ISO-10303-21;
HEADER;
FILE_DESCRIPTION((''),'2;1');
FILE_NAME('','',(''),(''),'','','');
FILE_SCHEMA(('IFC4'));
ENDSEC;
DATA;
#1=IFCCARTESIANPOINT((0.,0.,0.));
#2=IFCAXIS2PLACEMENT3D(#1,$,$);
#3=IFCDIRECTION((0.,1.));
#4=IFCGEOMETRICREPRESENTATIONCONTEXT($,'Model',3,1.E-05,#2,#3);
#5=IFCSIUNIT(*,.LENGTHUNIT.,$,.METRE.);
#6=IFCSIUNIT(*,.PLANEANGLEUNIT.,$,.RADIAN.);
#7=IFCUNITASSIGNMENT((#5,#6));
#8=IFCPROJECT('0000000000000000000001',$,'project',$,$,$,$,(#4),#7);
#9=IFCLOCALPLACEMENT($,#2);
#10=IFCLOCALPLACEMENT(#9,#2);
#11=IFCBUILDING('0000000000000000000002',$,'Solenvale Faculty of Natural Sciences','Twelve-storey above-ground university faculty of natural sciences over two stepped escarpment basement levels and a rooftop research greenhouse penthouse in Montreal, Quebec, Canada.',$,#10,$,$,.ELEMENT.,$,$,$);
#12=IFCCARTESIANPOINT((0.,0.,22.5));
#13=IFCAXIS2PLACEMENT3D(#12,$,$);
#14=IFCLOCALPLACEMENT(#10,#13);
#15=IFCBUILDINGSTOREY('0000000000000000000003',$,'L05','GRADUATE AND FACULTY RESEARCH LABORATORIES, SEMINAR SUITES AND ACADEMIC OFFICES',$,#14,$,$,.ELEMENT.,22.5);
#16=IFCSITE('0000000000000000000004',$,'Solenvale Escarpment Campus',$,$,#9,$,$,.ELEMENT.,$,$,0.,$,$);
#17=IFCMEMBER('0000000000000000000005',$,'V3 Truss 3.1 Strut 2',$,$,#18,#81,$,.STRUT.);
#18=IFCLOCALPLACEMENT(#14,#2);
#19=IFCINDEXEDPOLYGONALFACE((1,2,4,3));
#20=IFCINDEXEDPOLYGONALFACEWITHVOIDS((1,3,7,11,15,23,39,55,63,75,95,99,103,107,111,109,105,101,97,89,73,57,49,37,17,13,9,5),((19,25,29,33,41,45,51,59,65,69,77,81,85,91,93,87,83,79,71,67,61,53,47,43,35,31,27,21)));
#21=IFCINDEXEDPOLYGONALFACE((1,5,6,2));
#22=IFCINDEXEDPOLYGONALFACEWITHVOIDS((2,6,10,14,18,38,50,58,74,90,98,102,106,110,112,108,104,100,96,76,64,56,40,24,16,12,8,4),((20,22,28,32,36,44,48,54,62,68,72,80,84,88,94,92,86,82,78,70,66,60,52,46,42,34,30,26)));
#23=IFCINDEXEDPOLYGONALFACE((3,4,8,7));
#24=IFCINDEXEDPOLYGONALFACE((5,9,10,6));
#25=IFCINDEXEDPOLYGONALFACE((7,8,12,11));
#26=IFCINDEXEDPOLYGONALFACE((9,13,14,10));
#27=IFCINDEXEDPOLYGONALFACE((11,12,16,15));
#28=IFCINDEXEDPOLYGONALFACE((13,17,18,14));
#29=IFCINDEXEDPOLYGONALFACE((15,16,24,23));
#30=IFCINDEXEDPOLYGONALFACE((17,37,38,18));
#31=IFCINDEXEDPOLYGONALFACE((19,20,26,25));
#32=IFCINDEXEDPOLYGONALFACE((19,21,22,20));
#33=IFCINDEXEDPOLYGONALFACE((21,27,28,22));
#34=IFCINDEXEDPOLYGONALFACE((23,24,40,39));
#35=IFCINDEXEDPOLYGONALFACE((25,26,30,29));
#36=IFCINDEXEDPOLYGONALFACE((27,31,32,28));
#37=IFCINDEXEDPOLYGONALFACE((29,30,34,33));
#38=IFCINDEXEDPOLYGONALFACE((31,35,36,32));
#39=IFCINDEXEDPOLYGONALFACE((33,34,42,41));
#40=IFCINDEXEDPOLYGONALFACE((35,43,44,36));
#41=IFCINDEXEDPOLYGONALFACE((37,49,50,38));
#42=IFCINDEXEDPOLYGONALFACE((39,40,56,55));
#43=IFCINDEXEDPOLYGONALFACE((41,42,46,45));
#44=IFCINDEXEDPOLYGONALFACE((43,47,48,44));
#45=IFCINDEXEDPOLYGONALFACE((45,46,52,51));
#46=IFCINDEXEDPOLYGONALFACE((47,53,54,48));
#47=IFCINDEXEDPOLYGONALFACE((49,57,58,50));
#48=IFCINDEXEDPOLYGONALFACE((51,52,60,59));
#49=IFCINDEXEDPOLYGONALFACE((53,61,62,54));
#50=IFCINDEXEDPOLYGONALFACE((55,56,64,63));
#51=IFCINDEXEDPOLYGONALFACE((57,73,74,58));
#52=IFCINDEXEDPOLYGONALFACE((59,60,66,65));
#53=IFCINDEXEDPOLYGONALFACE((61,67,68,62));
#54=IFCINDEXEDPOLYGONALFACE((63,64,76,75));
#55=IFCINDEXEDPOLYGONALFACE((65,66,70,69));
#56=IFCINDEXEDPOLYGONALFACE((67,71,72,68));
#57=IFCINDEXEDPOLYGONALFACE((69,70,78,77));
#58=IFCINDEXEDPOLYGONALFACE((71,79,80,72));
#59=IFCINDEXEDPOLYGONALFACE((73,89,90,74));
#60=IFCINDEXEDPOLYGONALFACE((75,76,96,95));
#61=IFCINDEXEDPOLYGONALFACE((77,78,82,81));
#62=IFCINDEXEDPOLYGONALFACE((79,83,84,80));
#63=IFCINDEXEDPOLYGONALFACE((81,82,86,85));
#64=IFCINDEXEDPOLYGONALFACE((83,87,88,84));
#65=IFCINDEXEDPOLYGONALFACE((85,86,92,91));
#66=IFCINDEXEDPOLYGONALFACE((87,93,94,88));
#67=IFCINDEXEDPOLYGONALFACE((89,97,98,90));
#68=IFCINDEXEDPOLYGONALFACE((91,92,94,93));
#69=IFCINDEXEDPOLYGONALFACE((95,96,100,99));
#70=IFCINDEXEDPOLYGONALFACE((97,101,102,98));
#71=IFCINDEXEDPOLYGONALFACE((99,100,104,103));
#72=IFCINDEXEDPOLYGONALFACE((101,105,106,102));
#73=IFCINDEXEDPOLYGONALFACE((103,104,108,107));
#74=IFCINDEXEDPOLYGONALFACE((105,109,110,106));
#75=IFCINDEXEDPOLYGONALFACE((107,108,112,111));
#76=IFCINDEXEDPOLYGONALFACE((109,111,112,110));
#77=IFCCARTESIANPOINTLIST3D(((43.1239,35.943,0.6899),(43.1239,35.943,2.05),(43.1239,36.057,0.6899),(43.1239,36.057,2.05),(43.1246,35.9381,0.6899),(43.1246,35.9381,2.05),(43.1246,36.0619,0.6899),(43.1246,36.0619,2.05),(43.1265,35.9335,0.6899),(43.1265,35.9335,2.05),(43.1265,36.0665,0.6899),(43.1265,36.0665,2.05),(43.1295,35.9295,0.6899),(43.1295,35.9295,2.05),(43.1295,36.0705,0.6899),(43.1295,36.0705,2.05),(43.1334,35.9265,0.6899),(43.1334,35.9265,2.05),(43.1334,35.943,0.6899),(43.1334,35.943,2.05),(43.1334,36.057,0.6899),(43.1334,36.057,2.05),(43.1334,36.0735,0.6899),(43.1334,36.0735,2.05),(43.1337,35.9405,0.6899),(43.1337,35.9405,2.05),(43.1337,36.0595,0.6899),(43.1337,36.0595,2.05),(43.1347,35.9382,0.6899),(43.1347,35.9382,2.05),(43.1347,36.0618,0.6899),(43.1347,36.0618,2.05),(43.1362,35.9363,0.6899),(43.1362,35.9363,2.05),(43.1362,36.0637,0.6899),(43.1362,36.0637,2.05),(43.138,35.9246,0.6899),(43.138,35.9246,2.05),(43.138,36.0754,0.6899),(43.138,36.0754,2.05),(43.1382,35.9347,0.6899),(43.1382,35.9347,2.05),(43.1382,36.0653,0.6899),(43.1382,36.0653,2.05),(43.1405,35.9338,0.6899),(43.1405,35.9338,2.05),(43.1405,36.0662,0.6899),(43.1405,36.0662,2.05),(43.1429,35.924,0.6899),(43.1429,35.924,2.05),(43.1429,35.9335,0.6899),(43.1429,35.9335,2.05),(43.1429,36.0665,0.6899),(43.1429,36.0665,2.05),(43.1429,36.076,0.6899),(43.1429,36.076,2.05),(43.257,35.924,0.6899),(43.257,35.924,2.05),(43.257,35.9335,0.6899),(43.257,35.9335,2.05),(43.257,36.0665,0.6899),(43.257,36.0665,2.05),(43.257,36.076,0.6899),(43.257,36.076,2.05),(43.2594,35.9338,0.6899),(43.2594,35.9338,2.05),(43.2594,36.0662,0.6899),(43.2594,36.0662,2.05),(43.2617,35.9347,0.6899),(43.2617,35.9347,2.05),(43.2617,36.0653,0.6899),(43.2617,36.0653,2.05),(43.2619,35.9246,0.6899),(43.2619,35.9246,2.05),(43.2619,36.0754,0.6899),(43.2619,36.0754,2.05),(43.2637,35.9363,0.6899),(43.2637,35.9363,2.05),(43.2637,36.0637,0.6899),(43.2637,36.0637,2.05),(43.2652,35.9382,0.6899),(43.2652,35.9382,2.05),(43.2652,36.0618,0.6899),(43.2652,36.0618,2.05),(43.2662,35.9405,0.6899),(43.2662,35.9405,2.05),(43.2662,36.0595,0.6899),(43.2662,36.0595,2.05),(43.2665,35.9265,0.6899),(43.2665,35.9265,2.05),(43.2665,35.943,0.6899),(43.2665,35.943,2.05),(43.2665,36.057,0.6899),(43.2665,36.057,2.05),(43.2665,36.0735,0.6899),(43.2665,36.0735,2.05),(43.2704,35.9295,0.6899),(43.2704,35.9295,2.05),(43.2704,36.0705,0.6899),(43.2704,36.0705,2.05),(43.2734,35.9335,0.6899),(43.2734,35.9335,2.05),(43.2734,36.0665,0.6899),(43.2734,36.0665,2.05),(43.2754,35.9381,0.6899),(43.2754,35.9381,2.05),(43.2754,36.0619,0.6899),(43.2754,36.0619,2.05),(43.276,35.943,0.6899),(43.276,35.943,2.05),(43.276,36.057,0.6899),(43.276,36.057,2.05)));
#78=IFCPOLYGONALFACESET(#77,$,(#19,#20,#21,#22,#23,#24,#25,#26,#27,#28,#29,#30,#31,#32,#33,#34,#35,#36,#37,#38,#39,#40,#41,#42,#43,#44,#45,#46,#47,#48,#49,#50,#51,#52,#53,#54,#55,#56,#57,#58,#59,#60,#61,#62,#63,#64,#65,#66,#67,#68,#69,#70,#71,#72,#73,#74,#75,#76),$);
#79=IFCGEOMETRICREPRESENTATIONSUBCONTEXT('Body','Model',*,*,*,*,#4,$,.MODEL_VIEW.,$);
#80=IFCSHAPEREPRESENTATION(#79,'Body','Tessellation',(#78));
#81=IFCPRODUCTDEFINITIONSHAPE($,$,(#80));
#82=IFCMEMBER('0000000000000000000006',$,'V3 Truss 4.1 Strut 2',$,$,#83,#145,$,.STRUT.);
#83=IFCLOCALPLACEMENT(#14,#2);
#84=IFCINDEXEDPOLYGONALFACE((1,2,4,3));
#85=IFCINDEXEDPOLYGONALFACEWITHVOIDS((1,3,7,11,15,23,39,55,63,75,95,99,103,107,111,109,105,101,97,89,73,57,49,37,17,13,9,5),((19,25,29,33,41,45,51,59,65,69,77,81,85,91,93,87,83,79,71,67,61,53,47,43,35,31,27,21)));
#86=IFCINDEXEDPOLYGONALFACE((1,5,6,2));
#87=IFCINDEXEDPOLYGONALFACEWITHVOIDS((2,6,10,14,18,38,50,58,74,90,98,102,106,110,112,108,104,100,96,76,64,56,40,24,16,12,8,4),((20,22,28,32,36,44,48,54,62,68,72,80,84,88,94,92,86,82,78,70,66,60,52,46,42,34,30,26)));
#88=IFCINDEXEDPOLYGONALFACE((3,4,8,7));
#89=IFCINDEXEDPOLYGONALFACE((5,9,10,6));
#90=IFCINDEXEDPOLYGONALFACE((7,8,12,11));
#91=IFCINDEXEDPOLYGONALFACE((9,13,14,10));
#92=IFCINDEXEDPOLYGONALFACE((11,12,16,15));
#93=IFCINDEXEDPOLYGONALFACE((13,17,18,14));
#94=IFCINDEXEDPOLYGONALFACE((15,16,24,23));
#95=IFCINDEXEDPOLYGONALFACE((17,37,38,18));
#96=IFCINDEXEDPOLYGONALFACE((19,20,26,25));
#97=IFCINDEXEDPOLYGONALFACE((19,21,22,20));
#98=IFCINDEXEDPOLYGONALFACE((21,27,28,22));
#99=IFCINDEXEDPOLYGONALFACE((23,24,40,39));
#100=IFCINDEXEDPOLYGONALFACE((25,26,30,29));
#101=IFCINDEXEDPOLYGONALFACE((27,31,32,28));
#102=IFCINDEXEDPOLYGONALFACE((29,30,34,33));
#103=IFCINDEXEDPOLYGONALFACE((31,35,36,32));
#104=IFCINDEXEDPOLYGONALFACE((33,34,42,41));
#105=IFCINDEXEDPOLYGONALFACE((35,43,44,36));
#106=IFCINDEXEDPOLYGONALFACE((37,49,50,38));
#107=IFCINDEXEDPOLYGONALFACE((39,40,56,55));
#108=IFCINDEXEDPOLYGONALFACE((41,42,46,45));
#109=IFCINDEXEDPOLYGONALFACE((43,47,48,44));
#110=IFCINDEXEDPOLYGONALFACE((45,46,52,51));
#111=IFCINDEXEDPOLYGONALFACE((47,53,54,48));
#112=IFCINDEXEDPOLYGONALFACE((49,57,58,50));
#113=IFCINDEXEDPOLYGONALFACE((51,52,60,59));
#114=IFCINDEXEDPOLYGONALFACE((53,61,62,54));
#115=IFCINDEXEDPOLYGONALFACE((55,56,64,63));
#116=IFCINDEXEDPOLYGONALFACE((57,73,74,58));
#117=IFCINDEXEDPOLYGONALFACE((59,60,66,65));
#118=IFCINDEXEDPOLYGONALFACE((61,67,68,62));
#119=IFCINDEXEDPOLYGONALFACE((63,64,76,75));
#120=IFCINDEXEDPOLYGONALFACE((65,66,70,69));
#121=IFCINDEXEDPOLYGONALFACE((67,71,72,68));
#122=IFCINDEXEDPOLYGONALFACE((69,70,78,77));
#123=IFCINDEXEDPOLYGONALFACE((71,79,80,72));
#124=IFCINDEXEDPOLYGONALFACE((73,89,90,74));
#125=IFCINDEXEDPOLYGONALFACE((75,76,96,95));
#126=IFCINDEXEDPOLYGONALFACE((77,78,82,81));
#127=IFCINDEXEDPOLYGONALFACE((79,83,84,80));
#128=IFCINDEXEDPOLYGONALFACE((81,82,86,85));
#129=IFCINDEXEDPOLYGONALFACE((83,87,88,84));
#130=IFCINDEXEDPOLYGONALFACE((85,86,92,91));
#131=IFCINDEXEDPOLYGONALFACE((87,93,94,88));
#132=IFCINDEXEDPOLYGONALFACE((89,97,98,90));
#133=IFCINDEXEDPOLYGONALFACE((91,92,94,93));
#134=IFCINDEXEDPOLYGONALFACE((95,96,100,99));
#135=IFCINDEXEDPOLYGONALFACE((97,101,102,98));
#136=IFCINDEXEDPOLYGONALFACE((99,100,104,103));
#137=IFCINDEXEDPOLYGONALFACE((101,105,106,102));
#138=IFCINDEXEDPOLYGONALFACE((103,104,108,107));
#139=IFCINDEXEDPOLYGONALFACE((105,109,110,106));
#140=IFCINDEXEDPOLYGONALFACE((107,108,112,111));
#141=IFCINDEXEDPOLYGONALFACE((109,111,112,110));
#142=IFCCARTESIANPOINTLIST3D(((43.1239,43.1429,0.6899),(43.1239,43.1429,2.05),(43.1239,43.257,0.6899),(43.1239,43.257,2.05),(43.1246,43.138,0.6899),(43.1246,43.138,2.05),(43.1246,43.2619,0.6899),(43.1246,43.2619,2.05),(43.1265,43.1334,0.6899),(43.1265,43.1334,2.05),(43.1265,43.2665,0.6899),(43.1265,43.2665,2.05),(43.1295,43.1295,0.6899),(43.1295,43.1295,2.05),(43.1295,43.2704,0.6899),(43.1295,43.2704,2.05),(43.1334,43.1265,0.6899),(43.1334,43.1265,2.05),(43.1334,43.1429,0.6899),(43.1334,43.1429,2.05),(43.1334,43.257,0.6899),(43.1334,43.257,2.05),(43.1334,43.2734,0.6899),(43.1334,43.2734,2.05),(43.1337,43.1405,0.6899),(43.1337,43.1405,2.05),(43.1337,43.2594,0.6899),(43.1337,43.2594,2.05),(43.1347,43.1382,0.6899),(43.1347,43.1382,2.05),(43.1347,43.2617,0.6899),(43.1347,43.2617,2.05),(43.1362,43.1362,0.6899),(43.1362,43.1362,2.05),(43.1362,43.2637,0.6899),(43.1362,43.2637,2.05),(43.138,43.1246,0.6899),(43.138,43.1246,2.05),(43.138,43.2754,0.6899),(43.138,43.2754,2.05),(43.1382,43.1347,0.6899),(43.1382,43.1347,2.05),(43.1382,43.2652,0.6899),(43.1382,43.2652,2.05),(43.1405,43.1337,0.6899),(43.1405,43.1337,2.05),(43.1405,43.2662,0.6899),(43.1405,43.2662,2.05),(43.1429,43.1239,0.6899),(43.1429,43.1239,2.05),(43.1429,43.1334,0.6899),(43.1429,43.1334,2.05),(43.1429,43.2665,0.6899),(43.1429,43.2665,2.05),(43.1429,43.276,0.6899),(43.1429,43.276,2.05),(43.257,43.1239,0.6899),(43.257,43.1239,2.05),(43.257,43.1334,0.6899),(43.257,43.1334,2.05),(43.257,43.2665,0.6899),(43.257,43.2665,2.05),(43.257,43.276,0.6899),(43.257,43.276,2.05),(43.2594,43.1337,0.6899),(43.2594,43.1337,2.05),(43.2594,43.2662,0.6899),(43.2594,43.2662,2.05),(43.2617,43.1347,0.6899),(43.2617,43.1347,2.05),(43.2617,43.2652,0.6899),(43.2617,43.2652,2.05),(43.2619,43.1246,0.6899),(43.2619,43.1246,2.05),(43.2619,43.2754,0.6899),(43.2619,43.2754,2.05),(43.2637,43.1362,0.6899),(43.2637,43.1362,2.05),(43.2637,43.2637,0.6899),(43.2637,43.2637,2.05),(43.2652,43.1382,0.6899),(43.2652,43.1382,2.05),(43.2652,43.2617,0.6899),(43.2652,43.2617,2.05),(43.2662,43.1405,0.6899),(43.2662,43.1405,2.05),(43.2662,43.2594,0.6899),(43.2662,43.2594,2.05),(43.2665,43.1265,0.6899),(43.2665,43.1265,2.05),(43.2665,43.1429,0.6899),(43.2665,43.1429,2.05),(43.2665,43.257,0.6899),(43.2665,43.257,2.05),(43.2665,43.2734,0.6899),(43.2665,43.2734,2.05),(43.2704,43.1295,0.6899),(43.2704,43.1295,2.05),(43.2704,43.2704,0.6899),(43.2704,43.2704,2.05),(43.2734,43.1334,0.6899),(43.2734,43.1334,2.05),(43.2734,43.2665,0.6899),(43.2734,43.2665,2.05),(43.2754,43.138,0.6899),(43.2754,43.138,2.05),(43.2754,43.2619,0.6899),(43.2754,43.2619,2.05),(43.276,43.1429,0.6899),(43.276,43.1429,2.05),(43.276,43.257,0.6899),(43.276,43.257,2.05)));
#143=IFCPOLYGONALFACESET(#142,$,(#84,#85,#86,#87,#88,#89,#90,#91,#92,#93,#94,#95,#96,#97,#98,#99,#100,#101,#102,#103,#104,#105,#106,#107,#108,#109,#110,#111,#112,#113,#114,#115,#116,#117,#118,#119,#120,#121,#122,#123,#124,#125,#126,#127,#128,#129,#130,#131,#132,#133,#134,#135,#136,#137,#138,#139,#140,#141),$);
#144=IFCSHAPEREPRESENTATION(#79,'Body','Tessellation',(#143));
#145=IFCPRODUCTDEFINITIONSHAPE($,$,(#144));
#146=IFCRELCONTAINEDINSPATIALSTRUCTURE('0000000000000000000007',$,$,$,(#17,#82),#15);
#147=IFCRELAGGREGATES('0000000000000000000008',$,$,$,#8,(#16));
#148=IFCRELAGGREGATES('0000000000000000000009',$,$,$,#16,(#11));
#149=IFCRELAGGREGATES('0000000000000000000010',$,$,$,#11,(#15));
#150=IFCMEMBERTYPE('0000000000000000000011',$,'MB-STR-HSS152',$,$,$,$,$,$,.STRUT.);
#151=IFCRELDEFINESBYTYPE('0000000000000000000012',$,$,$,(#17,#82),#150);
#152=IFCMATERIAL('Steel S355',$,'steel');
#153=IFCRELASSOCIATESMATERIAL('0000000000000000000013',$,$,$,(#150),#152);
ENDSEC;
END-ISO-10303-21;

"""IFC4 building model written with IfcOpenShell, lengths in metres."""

from ifc_helpers import new_model, si_unit, direction, frame, origin, origin_2d, place, context, subcontext, project, spatial, hollow_rectangle, extrude, material, material_profile, profile_set, type_object, element, save


model = new_model("IFC4")

# Units and contexts
model_context = context("Model", 3, precision=1e-05, world=origin(), true_north=direction((0.0, 1.0)))
body_context = subcontext(model_context, "Body", "Model", "MODEL_VIEW")
ifc_project = project(units=[si_unit("LENGTHUNIT", "METRE"), si_unit("PLANEANGLEUNIT", "RADIAN")], contexts=[model_context])

# Site, building, storey
site_placement = place(None, origin())
site = spatial("IfcSite", under=ifc_project, at=site_placement, Name="Solenvale Escarpment Campus", CompositionType="ELEMENT", RefElevation=0.0)
building_placement = place(site_placement, origin())
building = spatial("IfcBuilding", under=site, at=building_placement, Name="Solenvale Faculty of Natural Sciences", Description="Twelve-storey above-ground university faculty of natural sciences over two stepped escarpment basement levels and a rooftop research greenhouse penthouse in Montreal, Quebec, Canada.", CompositionType="ELEMENT")
storey_placement = place(building_placement, frame((0.0, 0.0, 22.5)))
storey = spatial("IfcBuildingStorey", under=building, at=storey_placement, Name="L05", Description="GRADUATE AND FACULTY RESEARCH LABORATORIES, SEMINAR SUITES AND ACADEMIC OFFICES", CompositionType="ELEMENT", Elevation=22.5)

# Members
ifc_material_1 = material(Name="Steel S355", Category="steel")
ifc_material_profile_1 = material_profile(ifc_material_1, hollow_rectangle(XDim=0.1521, YDim=0.1521, WallThickness=0.0095, InnerFilletRadius=0.0095, OuterFilletRadius=0.019, at=origin_2d()), Name="HSS152x152x9.5")
ifc_profile_set_1 = profile_set([ifc_material_profile_1], Name="Steel S355")
member_type_1 = type_object("IfcMemberType", Name="MB-STR-HSS152", PredefinedType="STRUT", material=ifc_profile_set_1)
for number, where, z_axis, x_axis, name in (
    (1, (43.2, 36.0, 0.6899), (0.0, 0.0, 1.0), (1.0, 0.0, 0.0), "V3 Truss 3.1 Strut 2"),
    (2, (43.2, 43.2, 0.6899), (0.0, 0.0, 1.0), (1.0, 0.0, 0.0), "V3 Truss 4.1 Strut 2"),
):
    element("IfcMember", number, at=place(storey_placement, frame(where, z_axis=z_axis, x_axis=x_axis)), inside=storey, type_object=member_type_1, Name=name, PredefinedType="STRUT", context=body_context, shape_type="SweptSolid", body=[
        extrude(hollow_rectangle(XDim=0.1521, YDim=0.1521, WallThickness=0.0095, InnerFilletRadius=0.0095, OuterFilletRadius=0.019, at=origin_2d()), origin(), (0.0, 0.0, 1.0), 1.3601),
    ])

save(model, "model.ifc")
